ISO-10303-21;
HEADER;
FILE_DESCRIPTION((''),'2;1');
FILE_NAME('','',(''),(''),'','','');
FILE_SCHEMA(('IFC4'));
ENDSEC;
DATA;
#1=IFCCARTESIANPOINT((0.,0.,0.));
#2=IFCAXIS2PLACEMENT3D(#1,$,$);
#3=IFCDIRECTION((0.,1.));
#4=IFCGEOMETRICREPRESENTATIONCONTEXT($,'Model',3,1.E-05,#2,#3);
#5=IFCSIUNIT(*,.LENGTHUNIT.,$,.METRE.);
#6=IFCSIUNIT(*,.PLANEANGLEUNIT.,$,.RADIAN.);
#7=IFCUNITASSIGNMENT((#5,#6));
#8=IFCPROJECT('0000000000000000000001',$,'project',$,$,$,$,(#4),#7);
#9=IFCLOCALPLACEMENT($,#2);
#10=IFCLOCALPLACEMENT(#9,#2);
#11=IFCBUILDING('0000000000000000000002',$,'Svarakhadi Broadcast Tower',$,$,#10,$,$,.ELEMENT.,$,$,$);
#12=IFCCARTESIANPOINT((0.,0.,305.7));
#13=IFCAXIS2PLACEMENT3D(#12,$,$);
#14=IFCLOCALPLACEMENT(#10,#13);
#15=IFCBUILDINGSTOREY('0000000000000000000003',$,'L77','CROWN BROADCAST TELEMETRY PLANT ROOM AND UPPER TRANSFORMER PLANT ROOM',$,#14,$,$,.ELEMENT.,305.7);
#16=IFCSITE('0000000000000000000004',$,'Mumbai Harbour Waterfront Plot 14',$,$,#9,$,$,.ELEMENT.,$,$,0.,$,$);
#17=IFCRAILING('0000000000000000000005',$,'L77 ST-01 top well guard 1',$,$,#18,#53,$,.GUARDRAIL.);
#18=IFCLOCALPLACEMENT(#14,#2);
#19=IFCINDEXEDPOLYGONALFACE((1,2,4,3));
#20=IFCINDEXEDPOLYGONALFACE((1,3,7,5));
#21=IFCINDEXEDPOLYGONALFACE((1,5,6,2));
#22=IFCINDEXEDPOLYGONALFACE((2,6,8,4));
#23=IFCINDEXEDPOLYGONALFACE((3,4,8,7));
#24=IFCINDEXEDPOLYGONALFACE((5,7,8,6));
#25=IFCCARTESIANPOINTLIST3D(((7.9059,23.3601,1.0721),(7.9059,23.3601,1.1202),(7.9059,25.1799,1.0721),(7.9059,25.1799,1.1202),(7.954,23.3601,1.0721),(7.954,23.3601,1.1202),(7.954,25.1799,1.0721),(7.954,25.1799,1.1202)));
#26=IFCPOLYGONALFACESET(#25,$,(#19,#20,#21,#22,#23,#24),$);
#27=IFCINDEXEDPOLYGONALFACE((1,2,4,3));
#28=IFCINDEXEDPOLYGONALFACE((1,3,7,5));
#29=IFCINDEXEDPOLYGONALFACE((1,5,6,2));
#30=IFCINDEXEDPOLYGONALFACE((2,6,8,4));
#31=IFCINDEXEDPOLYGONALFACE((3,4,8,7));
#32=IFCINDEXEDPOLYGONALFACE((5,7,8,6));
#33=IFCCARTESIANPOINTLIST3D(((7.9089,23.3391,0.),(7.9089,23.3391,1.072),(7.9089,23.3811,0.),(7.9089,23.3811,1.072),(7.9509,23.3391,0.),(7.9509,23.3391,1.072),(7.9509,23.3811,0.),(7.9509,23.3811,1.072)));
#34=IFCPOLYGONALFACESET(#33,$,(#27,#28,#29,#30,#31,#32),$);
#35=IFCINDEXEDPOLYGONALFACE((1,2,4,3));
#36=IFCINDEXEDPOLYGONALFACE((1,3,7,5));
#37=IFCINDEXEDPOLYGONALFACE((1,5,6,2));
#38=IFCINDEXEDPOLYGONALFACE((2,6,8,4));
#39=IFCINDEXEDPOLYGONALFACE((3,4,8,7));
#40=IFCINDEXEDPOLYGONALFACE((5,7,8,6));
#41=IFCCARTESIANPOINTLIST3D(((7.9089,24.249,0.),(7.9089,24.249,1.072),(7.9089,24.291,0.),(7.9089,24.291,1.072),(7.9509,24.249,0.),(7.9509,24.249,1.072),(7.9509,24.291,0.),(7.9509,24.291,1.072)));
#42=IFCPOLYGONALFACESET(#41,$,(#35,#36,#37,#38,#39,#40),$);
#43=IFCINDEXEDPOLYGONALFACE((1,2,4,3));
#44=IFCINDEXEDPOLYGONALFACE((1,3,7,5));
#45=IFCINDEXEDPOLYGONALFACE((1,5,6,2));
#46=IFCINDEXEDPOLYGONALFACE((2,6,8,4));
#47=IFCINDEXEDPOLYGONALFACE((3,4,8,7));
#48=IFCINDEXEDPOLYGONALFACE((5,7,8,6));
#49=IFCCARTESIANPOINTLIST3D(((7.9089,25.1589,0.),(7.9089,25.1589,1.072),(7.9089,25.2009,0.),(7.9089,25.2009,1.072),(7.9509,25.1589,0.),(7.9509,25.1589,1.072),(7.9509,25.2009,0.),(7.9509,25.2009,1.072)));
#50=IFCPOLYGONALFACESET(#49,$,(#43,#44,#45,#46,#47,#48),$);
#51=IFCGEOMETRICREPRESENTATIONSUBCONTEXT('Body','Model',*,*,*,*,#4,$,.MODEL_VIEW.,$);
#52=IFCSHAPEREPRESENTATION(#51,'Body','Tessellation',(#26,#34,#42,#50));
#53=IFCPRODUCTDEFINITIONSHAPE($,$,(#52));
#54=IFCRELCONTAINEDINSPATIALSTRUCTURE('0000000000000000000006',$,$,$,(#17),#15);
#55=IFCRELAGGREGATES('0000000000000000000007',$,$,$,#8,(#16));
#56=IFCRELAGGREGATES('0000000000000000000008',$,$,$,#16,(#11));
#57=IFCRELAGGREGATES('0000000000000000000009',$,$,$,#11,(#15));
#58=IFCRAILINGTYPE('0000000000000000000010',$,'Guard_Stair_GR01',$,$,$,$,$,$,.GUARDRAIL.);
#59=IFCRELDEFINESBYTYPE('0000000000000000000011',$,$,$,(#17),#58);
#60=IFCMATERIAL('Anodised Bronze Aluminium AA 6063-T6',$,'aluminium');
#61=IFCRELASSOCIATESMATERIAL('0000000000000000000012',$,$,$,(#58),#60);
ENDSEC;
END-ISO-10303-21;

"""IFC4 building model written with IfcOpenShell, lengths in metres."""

from ifc_helpers import new_model, si_unit, direction, frame, origin, origin_2d, place, context, subcontext, project, spatial, rectangle, extrude, material, type_object, element, save


model = new_model("IFC4")

# Units and contexts
model_context = context("Model", 3, precision=1e-05, world=origin(), true_north=direction((0.0, 1.0)))
body_context = subcontext(model_context, "Body", "Model", "MODEL_VIEW")
ifc_project = project(units=[si_unit("LENGTHUNIT", "METRE"), si_unit("PLANEANGLEUNIT", "RADIAN")], contexts=[model_context])

# Site, building, storey
site_placement = place(None, origin())
site = spatial("IfcSite", under=ifc_project, at=site_placement, Name="Mumbai Harbour Waterfront Plot 14", CompositionType="ELEMENT", RefElevation=0.0)
building_placement = place(site_placement, origin())
building = spatial("IfcBuilding", under=site, at=building_placement, Name="Svarakhadi Broadcast Tower", CompositionType="ELEMENT")
storey_placement = place(building_placement, frame((0.0, 0.0, 305.7)))
storey = spatial("IfcBuildingStorey", under=building, at=storey_placement, Name="L77", Description="CROWN BROADCAST TELEMETRY PLANT ROOM AND UPPER TRANSFORMER PLANT ROOM", CompositionType="ELEMENT", Elevation=305.7)

# Railing
ifc_material_1 = material(Name="Anodised Bronze Aluminium AA 6063-T6", Category="aluminium")
railing_type = type_object("IfcRailingType", Name="Guard_Stair_GR01", PredefinedType="GUARDRAIL", material=ifc_material_1)
railing_placement = place(storey_placement, frame((7.9299, 23.3601, 0.0)))
element("IfcRailing", 1, at=railing_placement, inside=storey, type_object=railing_type, Name="L77 ST-01 top well guard 1", PredefinedType="GUARDRAIL", context=body_context, shape_type="SweptSolid", body=[
    extrude(rectangle(XDim=0.0481, YDim=0.0481, at=origin_2d()), frame((0.0, 0.0, 1.0962), z_axis=(0.0, 1.0, 0.0), x_axis=(-1.0, 0.0, 0.0)), (0.0, 0.0, 1.0), 1.8198),
    extrude(rectangle(XDim=0.042, YDim=0.042, at=origin_2d()), origin(), (0.0, 0.0, 1.0), 1.072),
    extrude(rectangle(XDim=0.042, YDim=0.042, at=origin_2d()), frame((0.0, 0.9099, 0.0)), (0.0, 0.0, 1.0), 1.072),
    extrude(rectangle(XDim=0.042, YDim=0.042, at=origin_2d()), frame((0.0, 1.8198, 0.0)), (0.0, 0.0, 1.0), 1.072),
])

save(model, "model.ifc")
